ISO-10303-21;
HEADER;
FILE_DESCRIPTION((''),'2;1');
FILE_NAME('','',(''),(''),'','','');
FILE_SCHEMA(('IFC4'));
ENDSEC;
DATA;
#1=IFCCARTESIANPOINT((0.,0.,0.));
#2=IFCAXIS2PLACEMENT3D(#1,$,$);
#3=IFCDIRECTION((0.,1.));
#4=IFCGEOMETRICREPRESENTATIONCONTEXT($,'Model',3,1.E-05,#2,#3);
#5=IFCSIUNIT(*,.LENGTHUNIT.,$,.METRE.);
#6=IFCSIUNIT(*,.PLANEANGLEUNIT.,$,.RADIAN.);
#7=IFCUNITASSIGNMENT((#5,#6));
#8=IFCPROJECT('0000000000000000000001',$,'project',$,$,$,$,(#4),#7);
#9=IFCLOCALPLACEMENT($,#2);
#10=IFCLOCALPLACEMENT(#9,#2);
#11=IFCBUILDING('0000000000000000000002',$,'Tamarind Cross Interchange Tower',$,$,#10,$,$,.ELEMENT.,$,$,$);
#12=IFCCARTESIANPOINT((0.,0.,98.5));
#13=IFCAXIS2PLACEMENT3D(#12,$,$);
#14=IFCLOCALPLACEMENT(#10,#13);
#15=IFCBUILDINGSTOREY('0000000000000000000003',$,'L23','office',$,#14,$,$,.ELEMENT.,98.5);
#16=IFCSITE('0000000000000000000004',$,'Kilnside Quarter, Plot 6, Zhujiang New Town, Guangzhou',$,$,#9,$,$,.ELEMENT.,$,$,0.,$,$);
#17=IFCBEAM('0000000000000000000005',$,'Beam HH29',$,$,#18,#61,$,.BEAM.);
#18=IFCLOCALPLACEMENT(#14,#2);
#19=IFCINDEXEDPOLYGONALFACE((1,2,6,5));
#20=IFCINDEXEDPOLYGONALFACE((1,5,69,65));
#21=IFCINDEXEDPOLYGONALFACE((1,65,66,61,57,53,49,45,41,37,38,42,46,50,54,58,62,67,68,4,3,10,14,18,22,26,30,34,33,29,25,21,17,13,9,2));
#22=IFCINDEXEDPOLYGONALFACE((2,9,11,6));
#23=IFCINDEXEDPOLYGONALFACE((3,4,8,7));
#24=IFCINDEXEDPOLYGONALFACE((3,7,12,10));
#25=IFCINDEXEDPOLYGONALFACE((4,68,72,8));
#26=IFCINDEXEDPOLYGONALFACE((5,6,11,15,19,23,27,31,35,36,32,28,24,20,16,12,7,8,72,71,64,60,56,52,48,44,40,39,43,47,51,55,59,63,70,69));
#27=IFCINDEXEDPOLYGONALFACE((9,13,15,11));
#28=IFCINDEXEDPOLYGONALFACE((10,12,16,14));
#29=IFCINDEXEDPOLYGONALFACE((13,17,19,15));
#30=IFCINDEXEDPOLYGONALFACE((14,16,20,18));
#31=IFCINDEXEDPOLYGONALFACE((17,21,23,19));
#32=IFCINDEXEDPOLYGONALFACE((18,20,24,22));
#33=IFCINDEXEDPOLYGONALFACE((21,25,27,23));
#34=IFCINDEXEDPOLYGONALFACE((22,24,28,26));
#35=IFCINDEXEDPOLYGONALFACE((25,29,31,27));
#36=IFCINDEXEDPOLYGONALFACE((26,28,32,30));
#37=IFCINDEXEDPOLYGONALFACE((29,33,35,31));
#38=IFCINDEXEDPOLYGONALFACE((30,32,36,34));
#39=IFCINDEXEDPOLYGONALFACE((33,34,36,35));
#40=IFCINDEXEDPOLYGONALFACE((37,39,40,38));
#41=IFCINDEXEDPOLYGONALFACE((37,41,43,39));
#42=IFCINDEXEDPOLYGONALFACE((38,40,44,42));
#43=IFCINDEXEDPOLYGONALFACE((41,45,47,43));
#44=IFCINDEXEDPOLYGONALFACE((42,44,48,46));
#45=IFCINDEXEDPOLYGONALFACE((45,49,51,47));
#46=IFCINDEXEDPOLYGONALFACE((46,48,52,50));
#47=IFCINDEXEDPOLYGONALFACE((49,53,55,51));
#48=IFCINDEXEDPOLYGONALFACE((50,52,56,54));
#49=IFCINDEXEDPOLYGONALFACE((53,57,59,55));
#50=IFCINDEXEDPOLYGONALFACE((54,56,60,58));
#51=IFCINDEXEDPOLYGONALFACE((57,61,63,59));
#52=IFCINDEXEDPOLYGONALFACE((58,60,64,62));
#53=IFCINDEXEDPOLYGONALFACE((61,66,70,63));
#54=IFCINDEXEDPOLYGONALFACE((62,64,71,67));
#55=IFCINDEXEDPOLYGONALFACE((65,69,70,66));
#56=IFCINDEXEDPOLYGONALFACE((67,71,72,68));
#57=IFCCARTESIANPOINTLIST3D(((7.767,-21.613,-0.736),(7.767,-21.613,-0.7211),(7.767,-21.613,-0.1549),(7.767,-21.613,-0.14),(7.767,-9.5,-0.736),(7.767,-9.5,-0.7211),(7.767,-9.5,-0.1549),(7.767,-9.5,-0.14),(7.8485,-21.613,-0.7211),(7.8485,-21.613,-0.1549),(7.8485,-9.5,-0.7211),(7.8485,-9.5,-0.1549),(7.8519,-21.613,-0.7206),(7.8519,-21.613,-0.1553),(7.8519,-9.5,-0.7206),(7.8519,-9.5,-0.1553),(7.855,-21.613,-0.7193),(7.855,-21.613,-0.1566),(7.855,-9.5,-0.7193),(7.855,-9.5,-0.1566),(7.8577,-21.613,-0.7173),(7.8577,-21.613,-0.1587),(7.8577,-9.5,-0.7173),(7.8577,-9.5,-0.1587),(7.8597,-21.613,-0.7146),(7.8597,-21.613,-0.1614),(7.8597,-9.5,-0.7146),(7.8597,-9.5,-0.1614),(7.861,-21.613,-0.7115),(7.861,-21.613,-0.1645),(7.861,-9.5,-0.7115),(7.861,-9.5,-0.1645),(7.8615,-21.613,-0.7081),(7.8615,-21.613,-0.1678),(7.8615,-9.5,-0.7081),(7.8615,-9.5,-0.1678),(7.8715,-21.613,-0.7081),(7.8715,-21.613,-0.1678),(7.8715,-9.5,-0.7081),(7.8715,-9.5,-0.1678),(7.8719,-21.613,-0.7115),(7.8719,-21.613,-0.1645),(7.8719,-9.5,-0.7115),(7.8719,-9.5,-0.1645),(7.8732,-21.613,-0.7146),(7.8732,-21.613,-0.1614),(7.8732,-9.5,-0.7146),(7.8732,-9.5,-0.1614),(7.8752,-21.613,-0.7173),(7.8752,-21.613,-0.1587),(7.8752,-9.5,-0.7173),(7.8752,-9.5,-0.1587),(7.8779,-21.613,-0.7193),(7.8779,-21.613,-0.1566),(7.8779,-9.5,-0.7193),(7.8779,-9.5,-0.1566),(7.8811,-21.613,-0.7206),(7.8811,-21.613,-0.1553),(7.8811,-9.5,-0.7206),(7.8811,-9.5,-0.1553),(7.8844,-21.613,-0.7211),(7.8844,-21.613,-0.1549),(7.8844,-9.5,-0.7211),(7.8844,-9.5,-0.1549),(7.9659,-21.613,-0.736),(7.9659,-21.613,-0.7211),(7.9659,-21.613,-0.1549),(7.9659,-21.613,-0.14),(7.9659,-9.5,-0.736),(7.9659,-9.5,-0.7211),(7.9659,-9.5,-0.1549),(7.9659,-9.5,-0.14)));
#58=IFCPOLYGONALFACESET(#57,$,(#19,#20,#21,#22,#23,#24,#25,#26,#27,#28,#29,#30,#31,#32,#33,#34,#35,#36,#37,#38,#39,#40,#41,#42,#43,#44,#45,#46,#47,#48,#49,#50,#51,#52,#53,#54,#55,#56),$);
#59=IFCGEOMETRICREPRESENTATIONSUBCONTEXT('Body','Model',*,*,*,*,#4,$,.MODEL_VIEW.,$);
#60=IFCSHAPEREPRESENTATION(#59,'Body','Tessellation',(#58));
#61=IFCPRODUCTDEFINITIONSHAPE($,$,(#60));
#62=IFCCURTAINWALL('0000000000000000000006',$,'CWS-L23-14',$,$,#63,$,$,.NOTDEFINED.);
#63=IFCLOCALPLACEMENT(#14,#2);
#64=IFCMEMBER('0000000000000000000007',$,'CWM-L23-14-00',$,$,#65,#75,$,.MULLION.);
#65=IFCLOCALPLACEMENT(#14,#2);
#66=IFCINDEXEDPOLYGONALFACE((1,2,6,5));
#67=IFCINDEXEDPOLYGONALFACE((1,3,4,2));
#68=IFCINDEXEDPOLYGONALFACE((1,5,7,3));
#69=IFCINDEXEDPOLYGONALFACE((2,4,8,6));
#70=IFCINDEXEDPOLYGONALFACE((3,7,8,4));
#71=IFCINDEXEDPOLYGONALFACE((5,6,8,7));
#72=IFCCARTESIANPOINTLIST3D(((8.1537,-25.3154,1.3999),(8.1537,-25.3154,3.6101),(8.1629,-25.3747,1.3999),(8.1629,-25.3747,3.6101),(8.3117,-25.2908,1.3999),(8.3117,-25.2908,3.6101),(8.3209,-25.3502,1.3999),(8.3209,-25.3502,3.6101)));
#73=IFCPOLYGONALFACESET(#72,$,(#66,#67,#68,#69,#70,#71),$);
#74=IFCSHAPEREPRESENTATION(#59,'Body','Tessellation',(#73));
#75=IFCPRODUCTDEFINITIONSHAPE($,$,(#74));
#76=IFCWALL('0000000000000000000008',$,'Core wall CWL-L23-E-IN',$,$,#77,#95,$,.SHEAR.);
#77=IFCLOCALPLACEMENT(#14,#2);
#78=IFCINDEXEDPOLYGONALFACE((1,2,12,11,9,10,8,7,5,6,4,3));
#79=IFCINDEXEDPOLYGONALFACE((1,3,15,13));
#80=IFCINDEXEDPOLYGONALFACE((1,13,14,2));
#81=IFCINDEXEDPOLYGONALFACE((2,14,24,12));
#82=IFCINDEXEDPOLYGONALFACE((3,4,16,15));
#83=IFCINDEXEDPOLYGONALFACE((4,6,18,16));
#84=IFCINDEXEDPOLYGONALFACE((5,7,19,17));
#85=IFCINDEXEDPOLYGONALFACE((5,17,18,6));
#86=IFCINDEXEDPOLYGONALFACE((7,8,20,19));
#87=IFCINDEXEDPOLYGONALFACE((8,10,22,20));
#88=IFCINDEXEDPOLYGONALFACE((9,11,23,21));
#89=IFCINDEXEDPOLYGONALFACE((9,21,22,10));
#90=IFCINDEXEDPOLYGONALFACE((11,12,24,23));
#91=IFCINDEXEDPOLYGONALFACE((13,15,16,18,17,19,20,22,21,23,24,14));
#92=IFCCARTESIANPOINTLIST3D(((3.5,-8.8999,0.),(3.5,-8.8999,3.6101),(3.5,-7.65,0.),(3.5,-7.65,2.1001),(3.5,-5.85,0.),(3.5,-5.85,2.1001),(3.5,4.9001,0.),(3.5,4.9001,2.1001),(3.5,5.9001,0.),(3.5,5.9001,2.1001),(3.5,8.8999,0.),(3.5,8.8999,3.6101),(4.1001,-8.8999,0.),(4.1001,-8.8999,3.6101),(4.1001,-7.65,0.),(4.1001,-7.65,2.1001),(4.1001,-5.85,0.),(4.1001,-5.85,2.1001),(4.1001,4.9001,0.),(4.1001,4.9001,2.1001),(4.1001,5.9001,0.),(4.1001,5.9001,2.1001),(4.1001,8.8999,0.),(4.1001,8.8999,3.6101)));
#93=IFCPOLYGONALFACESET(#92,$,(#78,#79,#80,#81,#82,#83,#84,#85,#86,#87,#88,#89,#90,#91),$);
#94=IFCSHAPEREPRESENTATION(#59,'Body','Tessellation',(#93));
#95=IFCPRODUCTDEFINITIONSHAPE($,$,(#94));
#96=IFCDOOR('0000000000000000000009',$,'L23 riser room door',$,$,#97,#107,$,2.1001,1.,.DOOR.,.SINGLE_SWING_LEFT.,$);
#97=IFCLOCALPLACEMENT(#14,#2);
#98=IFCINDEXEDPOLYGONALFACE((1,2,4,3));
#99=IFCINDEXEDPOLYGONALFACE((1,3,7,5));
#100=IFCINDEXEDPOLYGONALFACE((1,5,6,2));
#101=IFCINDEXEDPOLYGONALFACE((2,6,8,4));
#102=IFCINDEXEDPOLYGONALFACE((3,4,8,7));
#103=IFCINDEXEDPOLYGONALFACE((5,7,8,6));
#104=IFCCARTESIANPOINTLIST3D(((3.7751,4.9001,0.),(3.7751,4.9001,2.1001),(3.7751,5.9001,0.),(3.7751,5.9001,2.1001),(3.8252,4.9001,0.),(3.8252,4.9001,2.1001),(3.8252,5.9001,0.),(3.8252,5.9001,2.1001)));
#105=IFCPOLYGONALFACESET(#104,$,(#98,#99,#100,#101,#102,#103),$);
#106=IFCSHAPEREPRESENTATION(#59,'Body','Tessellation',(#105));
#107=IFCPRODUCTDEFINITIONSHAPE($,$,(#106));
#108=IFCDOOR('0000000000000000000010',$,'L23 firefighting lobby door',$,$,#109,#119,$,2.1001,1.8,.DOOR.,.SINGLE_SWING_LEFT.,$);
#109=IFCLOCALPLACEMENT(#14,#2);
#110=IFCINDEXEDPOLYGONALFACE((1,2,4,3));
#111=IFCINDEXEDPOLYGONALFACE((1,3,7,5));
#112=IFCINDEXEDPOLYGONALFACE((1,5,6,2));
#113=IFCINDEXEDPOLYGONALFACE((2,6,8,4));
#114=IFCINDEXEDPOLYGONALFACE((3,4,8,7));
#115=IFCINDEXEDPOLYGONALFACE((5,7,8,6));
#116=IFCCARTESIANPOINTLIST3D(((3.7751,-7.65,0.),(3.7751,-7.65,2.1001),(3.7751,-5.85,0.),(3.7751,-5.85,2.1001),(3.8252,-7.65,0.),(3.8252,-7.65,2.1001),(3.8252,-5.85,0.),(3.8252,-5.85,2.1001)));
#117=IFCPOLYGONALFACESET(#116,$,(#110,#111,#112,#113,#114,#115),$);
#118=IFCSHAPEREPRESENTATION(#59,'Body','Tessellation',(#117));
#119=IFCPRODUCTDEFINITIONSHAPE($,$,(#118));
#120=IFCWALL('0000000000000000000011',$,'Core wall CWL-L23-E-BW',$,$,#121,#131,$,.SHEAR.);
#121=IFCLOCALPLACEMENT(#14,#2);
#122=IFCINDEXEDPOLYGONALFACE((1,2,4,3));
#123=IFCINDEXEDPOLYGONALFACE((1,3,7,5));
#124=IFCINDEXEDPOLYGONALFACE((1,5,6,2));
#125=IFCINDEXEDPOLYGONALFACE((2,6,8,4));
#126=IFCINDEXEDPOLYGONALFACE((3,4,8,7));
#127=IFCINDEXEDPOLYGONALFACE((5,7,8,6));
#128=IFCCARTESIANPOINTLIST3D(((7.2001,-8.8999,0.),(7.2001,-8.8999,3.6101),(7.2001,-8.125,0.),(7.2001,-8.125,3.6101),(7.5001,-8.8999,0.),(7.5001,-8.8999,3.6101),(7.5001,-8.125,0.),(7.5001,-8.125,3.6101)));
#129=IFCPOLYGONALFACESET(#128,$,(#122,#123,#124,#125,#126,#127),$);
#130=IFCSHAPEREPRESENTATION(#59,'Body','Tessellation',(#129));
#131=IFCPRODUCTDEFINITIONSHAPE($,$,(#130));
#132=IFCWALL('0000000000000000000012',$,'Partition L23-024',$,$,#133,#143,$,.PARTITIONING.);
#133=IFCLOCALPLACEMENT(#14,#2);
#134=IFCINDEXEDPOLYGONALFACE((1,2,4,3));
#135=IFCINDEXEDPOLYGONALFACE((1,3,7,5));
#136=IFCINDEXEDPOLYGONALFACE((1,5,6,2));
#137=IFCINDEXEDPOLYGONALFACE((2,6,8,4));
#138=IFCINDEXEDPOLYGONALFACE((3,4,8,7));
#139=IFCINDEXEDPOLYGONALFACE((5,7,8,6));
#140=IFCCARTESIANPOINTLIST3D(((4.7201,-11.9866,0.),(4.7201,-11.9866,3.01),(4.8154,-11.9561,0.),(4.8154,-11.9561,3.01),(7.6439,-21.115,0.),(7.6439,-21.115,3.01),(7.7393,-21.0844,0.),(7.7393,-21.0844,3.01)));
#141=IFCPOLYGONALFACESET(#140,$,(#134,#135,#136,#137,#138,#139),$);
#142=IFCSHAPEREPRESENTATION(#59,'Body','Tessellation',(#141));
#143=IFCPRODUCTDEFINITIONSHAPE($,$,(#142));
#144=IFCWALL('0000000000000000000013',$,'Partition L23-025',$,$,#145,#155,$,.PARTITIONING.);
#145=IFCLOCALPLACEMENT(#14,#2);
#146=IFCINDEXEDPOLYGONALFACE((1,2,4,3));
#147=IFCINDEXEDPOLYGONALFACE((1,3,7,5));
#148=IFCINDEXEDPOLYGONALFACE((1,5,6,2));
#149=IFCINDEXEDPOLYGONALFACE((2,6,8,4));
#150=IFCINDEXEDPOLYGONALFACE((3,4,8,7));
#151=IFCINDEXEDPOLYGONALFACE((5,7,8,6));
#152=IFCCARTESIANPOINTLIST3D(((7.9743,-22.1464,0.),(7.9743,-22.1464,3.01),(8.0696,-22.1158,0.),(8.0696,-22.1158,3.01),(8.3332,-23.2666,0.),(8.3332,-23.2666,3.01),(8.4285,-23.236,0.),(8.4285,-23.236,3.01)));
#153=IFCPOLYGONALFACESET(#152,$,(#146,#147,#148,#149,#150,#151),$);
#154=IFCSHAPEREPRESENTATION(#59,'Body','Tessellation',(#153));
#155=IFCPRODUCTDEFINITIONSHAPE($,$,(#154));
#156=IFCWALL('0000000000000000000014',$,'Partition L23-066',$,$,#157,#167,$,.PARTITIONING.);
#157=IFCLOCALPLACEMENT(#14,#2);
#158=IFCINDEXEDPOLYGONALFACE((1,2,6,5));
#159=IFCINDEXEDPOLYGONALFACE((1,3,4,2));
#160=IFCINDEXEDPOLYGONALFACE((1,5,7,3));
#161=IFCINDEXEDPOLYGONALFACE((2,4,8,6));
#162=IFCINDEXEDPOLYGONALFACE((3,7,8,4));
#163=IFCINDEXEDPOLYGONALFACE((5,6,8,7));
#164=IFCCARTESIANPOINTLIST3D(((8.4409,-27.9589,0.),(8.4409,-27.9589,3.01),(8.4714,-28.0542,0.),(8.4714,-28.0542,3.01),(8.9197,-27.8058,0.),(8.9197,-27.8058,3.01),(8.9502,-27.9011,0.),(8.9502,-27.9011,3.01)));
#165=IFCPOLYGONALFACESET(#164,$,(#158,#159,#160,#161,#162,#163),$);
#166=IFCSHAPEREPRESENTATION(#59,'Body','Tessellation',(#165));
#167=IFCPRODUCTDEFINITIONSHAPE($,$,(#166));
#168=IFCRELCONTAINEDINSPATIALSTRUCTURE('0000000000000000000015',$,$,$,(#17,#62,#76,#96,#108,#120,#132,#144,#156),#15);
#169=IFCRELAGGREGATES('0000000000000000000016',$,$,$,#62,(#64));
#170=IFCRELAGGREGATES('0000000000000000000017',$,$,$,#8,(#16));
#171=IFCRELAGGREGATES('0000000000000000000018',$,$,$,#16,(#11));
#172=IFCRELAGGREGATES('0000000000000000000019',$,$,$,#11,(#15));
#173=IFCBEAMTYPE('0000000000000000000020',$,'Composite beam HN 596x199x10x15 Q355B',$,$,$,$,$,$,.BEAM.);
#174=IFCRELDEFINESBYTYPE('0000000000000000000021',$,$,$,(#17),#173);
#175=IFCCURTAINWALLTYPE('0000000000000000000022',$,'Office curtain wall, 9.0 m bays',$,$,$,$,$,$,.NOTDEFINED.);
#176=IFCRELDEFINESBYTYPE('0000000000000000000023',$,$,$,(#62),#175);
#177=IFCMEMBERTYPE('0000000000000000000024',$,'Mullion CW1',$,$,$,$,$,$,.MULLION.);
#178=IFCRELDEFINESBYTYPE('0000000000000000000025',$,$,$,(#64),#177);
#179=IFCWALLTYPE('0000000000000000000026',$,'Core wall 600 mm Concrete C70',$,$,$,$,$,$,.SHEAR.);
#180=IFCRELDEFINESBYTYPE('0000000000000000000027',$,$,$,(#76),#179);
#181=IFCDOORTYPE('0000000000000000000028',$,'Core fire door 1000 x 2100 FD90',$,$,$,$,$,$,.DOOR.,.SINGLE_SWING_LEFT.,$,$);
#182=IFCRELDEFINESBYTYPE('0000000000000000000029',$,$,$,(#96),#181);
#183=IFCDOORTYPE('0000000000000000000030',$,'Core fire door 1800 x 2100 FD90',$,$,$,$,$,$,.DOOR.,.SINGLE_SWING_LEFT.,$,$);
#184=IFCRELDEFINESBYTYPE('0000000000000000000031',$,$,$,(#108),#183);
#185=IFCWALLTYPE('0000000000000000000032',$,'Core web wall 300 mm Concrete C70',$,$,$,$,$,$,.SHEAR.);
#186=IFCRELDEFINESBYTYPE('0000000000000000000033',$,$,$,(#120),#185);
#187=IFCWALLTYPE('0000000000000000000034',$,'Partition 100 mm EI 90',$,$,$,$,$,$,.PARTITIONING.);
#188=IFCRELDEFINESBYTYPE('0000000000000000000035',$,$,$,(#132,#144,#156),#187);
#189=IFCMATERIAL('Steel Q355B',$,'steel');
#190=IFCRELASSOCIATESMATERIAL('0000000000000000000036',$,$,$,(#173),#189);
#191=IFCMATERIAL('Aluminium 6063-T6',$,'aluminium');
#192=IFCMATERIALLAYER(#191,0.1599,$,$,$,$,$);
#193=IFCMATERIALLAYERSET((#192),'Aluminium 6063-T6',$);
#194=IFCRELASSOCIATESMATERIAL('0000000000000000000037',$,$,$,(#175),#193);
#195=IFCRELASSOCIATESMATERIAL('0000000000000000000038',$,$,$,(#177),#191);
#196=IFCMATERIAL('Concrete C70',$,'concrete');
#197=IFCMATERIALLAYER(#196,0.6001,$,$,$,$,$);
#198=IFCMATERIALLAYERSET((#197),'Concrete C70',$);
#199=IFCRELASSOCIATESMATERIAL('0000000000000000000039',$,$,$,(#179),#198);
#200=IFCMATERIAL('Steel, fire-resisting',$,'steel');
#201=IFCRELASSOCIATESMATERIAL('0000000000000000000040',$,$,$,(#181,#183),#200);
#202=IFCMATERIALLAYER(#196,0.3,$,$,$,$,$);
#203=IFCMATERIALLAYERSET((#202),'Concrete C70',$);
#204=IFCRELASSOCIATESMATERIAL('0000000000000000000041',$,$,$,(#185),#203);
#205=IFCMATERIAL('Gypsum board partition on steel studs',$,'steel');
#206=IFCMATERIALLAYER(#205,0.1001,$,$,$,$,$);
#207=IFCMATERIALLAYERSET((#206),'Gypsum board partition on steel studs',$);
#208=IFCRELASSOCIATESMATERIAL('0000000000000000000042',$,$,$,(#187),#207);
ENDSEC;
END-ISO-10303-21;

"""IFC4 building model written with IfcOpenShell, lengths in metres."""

from ifc_helpers import new_model, si_unit, direction, frame, frame_2d, origin, origin_2d, place, context, subcontext, project, spatial, rectangle, i_section, extrude, material, layer, layer_set, material_profile, profile_set, type_object, element, fill, aggregate, save


model = new_model("IFC4")

# Units and contexts
model_context = context("Model", 3, precision=1e-05, world=origin(), true_north=direction((0.0, 1.0)))
body_context = subcontext(model_context, "Body", "Model", "MODEL_VIEW")
ifc_project = project(units=[si_unit("LENGTHUNIT", "METRE"), si_unit("PLANEANGLEUNIT", "RADIAN")], contexts=[model_context])

# Site, building, storey
site_placement = place(None, origin())
site = spatial("IfcSite", under=ifc_project, at=site_placement, Name="Kilnside Quarter, Plot 6, Zhujiang New Town, Guangzhou", CompositionType="ELEMENT", RefElevation=0.0)
building_placement = place(site_placement, origin())
building = spatial("IfcBuilding", under=site, at=building_placement, Name="Tamarind Cross Interchange Tower", CompositionType="ELEMENT")
storey_placement = place(building_placement, frame((0.0, 0.0, 98.5)))
storey = spatial("IfcBuildingStorey", under=building, at=storey_placement, Name="L23", Description="office", CompositionType="ELEMENT", Elevation=98.5)

# Beam
ifc_material_1 = material(Name="Steel Q355B", Category="steel")
ifc_material_profile_1 = material_profile(ifc_material_1, i_section(OverallWidth=0.199, OverallDepth=0.5959, WebThickness=0.01, FlangeThickness=0.0149, FilletRadius=0.0129, at=origin_2d()), Name="HN 596x199x10x15")
ifc_profile_set_1 = profile_set([ifc_material_profile_1], Name="Steel Q355B")
beam_type_1 = type_object("IfcBeamType", Name="Composite beam HN 596x199x10x15 Q355B", PredefinedType="BEAM", material=ifc_profile_set_1)
beam_1_placement = place(storey_placement, frame((7.8665, -21.613, -0.438), z_axis=(0.0, 1.0, 0.0), x_axis=(-1.0, 0.0, 0.0)))
element("IfcBeam", 1, at=beam_1_placement, inside=storey, type_object=beam_type_1, Name="Beam HH29", PredefinedType="BEAM", context=body_context, shape_type="SweptSolid", body=[
    extrude(i_section(OverallWidth=0.199, OverallDepth=0.5959, WebThickness=0.01, FlangeThickness=0.0149, FilletRadius=0.0129, at=origin_2d()), origin(), (0.0, 0.0, 1.0), 12.113),
])

# Curtain wall, member
ifc_material_2 = material(Name="Aluminium 6063-T6", Category="aluminium")
ifc_layer_1 = layer(ifc_material_2, 0.1599)
ifc_layer_set_1 = layer_set([ifc_layer_1], Name="Aluminium 6063-T6")
curtain_wall_type = type_object("IfcCurtainWallType", Name="Office curtain wall, 9.0 m bays", PredefinedType="NOTDEFINED", material=ifc_layer_set_1)
curtain_wall_placement = place(storey_placement, origin())
curtain_wall = element("IfcCurtainWall", 2, at=curtain_wall_placement, inside=storey, type_object=curtain_wall_type, Name="CWS-L23-14", PredefinedType="NOTDEFINED")
ifc_material_profile_2 = material_profile(ifc_material_2, rectangle(XDim=0.0601, YDim=0.1599, at=origin_2d()), Name="Mullion CW1")
ifc_profile_set_2 = profile_set([ifc_material_profile_2], Name="Aluminium 6063-T6")
member_type = type_object("IfcMemberType", Name="Mullion CW1", PredefinedType="MULLION", material=ifc_profile_set_2)
member_placement = place(storey_placement, frame((8.2373, -25.3328, 1.3999), z_axis=(0.0, 0.0, 1.0), x_axis=(-0.153604, 0.988132, 0.0)))
member = element("IfcMember", 3, at=member_placement, type_object=member_type, Name="CWM-L23-14-00", PredefinedType="MULLION", context=body_context, shape_type="SweptSolid", body=[
    extrude(rectangle(XDim=0.0601, YDim=0.1599, at=origin_2d()), origin(), (0.0, 0.0, 1.0), 2.2102),
])
aggregate(curtain_wall, [member])

# Wall, openings, doors
ifc_material_3 = material(Name="Concrete C70", Category="concrete")
ifc_layer_2 = layer(ifc_material_3, 0.6001)
ifc_layer_set_2 = layer_set([ifc_layer_2], Name="Concrete C70")
wall_type_1 = type_object("IfcWallType", Name="Core wall 600 mm Concrete C70", PredefinedType="SHEAR", material=ifc_layer_set_2)
wall_1_placement = place(storey_placement, frame((3.8, -8.8999, 0.0), z_axis=(0.0, 0.0, 1.0), x_axis=(0.0, 1.0, 0.0)))
wall_1 = element("IfcWall", 4, at=wall_1_placement, inside=storey, type_object=wall_type_1, Name="Core wall CWL-L23-E-IN", PredefinedType="SHEAR", context=body_context, shape_type="SweptSolid", body=[
    extrude(rectangle(XDim=17.7998, YDim=0.6001, at=frame_2d((8.8999, 0.0))), origin(), (0.0, 0.0, 1.0), 3.6101),
])
opening_1_placement = place(wall_1_placement, frame((1.25, 0.0, 0.0)))
opening_1 = element("IfcOpeningElement", 5, at=opening_1_placement, cuts=wall_1, PredefinedType="OPENING", context=body_context, shape_type="SweptSolid", body=[
    extrude(rectangle(XDim=1.8, YDim=2.1001, at=frame_2d((0.8999, 1.05))), frame((0.0, 0.3101, 0.0), z_axis=(0.0, -1.0, 0.0), x_axis=(1.0, 0.0, 0.0)), (0.0, 0.0, 1.0), 0.6201),
])
opening_2_placement = place(wall_1_placement, frame((13.8, 0.0, 0.0)))
opening_2 = element("IfcOpeningElement", 6, at=opening_2_placement, cuts=wall_1, PredefinedType="OPENING", context=body_context, shape_type="SweptSolid", body=[
    extrude(rectangle(XDim=1.0, YDim=2.1001, at=frame_2d((0.5, 1.05))), frame((0.0, 0.3101, 0.0), z_axis=(0.0, -1.0, 0.0), x_axis=(1.0, 0.0, 0.0)), (0.0, 0.0, 1.0), 0.6201),
])
ifc_material_4 = material(Name="Steel, fire-resisting", Category="steel")
door_type_1 = type_object("IfcDoorType", Name="Core fire door 1000 x 2100 FD90", OperationType="SINGLE_SWING_LEFT", PredefinedType="DOOR", material=ifc_material_4)
door_1_placement = place(opening_2_placement, origin())
door_1 = element("IfcDoor", 7, at=door_1_placement, inside=storey, type_object=door_type_1, Name="L23 riser room door", OperationType="SINGLE_SWING_LEFT", OverallHeight=2.1001, OverallWidth=1.0, PredefinedType="DOOR", context=body_context, shape_type="SweptSolid", body=[
    extrude(rectangle(XDim=1.0, YDim=2.1001, at=frame_2d((0.5, 1.05))), frame((0.0, 0.0249, 0.0), z_axis=(0.0, -1.0, 0.0), x_axis=(1.0, 0.0, 0.0)), (0.0, 0.0, 1.0), 0.05),
])
fill(opening_2, door_1)
door_type_2 = type_object("IfcDoorType", Name="Core fire door 1800 x 2100 FD90", OperationType="SINGLE_SWING_LEFT", PredefinedType="DOOR", material=ifc_material_4)
door_2_placement = place(opening_1_placement, origin())
door_2 = element("IfcDoor", 8, at=door_2_placement, inside=storey, type_object=door_type_2, Name="L23 firefighting lobby door", OperationType="SINGLE_SWING_LEFT", OverallHeight=2.1001, OverallWidth=1.8, PredefinedType="DOOR", context=body_context, shape_type="SweptSolid", body=[
    extrude(rectangle(XDim=1.8, YDim=2.1001, at=frame_2d((0.8999, 1.05))), frame((0.0, 0.0249, 0.0), z_axis=(0.0, -1.0, 0.0), x_axis=(1.0, 0.0, 0.0)), (0.0, 0.0, 1.0), 0.05),
])
fill(opening_1, door_2)

# Walls
ifc_layer_3 = layer(ifc_material_3, 0.3)
ifc_layer_set_3 = layer_set([ifc_layer_3], Name="Concrete C70")
wall_type_2 = type_object("IfcWallType", Name="Core web wall 300 mm Concrete C70", PredefinedType="SHEAR", material=ifc_layer_set_3)
wall_2_placement = place(storey_placement, frame((7.3501, -8.8999, 0.0), z_axis=(0.0, 0.0, 1.0), x_axis=(0.0, 1.0, 0.0)))
element("IfcWall", 9, at=wall_2_placement, inside=storey, type_object=wall_type_2, Name="Core wall CWL-L23-E-BW", PredefinedType="SHEAR", context=body_context, shape_type="SweptSolid", body=[
    extrude(rectangle(XDim=0.7749, YDim=0.3, at=frame_2d((0.3875, 0.0))), origin(), (0.0, 0.0, 1.0), 3.6101),
])
ifc_material_5 = material(Name="Gypsum board partition on steel studs", Category="steel")
ifc_layer_4 = layer(ifc_material_5, 0.1001)
ifc_layer_set_4 = layer_set([ifc_layer_4], Name="Gypsum board partition on steel studs")
wall_type_3 = type_object("IfcWallType", Name="Partition 100 mm EI 90", PredefinedType="PARTITIONING", material=ifc_layer_set_4)
wall_3_placement = place(storey_placement, frame((4.7678, -11.9714, 0.0), z_axis=(0.0, 0.0, 1.0), x_axis=(0.305034, -0.952341, 0.0)))
element("IfcWall", 10, at=wall_3_placement, inside=storey, type_object=wall_type_3, Name="Partition L23-024", PredefinedType="PARTITIONING", context=body_context, shape_type="SweptSolid", body=[
    extrude(rectangle(XDim=9.5852, YDim=0.1001, at=frame_2d((4.7925, 0.0))), origin(), (0.0, 0.0, 1.0), 3.01),
])
wall_4_placement = place(storey_placement, frame((8.022, -22.1311, 0.0), z_axis=(0.0, 0.0, 1.0), x_axis=(0.305122, -0.952313, 0.0)))
element("IfcWall", 11, at=wall_4_placement, inside=storey, type_object=wall_type_3, Name="Partition L23-025", PredefinedType="PARTITIONING", context=body_context, shape_type="SweptSolid", body=[
    extrude(rectangle(XDim=1.1763, YDim=0.1001, at=frame_2d((0.5881, 0.0))), origin(), (0.0, 0.0, 1.0), 3.01),
])
wall_5_placement = place(storey_placement, frame((8.4561, -28.0066, 0.0), z_axis=(0.0, 0.0, 1.0), x_axis=(0.952497, 0.304547, 0.0)))
element("IfcWall", 12, at=wall_5_placement, inside=storey, type_object=wall_type_3, Name="Partition L23-066", PredefinedType="PARTITIONING", context=body_context, shape_type="SweptSolid", body=[
    extrude(rectangle(XDim=0.5027, YDim=0.1001, at=frame_2d((0.2515, 0.0))), origin(), (0.0, 0.0, 1.0), 3.01),
])

save(model, "model.ifc")
